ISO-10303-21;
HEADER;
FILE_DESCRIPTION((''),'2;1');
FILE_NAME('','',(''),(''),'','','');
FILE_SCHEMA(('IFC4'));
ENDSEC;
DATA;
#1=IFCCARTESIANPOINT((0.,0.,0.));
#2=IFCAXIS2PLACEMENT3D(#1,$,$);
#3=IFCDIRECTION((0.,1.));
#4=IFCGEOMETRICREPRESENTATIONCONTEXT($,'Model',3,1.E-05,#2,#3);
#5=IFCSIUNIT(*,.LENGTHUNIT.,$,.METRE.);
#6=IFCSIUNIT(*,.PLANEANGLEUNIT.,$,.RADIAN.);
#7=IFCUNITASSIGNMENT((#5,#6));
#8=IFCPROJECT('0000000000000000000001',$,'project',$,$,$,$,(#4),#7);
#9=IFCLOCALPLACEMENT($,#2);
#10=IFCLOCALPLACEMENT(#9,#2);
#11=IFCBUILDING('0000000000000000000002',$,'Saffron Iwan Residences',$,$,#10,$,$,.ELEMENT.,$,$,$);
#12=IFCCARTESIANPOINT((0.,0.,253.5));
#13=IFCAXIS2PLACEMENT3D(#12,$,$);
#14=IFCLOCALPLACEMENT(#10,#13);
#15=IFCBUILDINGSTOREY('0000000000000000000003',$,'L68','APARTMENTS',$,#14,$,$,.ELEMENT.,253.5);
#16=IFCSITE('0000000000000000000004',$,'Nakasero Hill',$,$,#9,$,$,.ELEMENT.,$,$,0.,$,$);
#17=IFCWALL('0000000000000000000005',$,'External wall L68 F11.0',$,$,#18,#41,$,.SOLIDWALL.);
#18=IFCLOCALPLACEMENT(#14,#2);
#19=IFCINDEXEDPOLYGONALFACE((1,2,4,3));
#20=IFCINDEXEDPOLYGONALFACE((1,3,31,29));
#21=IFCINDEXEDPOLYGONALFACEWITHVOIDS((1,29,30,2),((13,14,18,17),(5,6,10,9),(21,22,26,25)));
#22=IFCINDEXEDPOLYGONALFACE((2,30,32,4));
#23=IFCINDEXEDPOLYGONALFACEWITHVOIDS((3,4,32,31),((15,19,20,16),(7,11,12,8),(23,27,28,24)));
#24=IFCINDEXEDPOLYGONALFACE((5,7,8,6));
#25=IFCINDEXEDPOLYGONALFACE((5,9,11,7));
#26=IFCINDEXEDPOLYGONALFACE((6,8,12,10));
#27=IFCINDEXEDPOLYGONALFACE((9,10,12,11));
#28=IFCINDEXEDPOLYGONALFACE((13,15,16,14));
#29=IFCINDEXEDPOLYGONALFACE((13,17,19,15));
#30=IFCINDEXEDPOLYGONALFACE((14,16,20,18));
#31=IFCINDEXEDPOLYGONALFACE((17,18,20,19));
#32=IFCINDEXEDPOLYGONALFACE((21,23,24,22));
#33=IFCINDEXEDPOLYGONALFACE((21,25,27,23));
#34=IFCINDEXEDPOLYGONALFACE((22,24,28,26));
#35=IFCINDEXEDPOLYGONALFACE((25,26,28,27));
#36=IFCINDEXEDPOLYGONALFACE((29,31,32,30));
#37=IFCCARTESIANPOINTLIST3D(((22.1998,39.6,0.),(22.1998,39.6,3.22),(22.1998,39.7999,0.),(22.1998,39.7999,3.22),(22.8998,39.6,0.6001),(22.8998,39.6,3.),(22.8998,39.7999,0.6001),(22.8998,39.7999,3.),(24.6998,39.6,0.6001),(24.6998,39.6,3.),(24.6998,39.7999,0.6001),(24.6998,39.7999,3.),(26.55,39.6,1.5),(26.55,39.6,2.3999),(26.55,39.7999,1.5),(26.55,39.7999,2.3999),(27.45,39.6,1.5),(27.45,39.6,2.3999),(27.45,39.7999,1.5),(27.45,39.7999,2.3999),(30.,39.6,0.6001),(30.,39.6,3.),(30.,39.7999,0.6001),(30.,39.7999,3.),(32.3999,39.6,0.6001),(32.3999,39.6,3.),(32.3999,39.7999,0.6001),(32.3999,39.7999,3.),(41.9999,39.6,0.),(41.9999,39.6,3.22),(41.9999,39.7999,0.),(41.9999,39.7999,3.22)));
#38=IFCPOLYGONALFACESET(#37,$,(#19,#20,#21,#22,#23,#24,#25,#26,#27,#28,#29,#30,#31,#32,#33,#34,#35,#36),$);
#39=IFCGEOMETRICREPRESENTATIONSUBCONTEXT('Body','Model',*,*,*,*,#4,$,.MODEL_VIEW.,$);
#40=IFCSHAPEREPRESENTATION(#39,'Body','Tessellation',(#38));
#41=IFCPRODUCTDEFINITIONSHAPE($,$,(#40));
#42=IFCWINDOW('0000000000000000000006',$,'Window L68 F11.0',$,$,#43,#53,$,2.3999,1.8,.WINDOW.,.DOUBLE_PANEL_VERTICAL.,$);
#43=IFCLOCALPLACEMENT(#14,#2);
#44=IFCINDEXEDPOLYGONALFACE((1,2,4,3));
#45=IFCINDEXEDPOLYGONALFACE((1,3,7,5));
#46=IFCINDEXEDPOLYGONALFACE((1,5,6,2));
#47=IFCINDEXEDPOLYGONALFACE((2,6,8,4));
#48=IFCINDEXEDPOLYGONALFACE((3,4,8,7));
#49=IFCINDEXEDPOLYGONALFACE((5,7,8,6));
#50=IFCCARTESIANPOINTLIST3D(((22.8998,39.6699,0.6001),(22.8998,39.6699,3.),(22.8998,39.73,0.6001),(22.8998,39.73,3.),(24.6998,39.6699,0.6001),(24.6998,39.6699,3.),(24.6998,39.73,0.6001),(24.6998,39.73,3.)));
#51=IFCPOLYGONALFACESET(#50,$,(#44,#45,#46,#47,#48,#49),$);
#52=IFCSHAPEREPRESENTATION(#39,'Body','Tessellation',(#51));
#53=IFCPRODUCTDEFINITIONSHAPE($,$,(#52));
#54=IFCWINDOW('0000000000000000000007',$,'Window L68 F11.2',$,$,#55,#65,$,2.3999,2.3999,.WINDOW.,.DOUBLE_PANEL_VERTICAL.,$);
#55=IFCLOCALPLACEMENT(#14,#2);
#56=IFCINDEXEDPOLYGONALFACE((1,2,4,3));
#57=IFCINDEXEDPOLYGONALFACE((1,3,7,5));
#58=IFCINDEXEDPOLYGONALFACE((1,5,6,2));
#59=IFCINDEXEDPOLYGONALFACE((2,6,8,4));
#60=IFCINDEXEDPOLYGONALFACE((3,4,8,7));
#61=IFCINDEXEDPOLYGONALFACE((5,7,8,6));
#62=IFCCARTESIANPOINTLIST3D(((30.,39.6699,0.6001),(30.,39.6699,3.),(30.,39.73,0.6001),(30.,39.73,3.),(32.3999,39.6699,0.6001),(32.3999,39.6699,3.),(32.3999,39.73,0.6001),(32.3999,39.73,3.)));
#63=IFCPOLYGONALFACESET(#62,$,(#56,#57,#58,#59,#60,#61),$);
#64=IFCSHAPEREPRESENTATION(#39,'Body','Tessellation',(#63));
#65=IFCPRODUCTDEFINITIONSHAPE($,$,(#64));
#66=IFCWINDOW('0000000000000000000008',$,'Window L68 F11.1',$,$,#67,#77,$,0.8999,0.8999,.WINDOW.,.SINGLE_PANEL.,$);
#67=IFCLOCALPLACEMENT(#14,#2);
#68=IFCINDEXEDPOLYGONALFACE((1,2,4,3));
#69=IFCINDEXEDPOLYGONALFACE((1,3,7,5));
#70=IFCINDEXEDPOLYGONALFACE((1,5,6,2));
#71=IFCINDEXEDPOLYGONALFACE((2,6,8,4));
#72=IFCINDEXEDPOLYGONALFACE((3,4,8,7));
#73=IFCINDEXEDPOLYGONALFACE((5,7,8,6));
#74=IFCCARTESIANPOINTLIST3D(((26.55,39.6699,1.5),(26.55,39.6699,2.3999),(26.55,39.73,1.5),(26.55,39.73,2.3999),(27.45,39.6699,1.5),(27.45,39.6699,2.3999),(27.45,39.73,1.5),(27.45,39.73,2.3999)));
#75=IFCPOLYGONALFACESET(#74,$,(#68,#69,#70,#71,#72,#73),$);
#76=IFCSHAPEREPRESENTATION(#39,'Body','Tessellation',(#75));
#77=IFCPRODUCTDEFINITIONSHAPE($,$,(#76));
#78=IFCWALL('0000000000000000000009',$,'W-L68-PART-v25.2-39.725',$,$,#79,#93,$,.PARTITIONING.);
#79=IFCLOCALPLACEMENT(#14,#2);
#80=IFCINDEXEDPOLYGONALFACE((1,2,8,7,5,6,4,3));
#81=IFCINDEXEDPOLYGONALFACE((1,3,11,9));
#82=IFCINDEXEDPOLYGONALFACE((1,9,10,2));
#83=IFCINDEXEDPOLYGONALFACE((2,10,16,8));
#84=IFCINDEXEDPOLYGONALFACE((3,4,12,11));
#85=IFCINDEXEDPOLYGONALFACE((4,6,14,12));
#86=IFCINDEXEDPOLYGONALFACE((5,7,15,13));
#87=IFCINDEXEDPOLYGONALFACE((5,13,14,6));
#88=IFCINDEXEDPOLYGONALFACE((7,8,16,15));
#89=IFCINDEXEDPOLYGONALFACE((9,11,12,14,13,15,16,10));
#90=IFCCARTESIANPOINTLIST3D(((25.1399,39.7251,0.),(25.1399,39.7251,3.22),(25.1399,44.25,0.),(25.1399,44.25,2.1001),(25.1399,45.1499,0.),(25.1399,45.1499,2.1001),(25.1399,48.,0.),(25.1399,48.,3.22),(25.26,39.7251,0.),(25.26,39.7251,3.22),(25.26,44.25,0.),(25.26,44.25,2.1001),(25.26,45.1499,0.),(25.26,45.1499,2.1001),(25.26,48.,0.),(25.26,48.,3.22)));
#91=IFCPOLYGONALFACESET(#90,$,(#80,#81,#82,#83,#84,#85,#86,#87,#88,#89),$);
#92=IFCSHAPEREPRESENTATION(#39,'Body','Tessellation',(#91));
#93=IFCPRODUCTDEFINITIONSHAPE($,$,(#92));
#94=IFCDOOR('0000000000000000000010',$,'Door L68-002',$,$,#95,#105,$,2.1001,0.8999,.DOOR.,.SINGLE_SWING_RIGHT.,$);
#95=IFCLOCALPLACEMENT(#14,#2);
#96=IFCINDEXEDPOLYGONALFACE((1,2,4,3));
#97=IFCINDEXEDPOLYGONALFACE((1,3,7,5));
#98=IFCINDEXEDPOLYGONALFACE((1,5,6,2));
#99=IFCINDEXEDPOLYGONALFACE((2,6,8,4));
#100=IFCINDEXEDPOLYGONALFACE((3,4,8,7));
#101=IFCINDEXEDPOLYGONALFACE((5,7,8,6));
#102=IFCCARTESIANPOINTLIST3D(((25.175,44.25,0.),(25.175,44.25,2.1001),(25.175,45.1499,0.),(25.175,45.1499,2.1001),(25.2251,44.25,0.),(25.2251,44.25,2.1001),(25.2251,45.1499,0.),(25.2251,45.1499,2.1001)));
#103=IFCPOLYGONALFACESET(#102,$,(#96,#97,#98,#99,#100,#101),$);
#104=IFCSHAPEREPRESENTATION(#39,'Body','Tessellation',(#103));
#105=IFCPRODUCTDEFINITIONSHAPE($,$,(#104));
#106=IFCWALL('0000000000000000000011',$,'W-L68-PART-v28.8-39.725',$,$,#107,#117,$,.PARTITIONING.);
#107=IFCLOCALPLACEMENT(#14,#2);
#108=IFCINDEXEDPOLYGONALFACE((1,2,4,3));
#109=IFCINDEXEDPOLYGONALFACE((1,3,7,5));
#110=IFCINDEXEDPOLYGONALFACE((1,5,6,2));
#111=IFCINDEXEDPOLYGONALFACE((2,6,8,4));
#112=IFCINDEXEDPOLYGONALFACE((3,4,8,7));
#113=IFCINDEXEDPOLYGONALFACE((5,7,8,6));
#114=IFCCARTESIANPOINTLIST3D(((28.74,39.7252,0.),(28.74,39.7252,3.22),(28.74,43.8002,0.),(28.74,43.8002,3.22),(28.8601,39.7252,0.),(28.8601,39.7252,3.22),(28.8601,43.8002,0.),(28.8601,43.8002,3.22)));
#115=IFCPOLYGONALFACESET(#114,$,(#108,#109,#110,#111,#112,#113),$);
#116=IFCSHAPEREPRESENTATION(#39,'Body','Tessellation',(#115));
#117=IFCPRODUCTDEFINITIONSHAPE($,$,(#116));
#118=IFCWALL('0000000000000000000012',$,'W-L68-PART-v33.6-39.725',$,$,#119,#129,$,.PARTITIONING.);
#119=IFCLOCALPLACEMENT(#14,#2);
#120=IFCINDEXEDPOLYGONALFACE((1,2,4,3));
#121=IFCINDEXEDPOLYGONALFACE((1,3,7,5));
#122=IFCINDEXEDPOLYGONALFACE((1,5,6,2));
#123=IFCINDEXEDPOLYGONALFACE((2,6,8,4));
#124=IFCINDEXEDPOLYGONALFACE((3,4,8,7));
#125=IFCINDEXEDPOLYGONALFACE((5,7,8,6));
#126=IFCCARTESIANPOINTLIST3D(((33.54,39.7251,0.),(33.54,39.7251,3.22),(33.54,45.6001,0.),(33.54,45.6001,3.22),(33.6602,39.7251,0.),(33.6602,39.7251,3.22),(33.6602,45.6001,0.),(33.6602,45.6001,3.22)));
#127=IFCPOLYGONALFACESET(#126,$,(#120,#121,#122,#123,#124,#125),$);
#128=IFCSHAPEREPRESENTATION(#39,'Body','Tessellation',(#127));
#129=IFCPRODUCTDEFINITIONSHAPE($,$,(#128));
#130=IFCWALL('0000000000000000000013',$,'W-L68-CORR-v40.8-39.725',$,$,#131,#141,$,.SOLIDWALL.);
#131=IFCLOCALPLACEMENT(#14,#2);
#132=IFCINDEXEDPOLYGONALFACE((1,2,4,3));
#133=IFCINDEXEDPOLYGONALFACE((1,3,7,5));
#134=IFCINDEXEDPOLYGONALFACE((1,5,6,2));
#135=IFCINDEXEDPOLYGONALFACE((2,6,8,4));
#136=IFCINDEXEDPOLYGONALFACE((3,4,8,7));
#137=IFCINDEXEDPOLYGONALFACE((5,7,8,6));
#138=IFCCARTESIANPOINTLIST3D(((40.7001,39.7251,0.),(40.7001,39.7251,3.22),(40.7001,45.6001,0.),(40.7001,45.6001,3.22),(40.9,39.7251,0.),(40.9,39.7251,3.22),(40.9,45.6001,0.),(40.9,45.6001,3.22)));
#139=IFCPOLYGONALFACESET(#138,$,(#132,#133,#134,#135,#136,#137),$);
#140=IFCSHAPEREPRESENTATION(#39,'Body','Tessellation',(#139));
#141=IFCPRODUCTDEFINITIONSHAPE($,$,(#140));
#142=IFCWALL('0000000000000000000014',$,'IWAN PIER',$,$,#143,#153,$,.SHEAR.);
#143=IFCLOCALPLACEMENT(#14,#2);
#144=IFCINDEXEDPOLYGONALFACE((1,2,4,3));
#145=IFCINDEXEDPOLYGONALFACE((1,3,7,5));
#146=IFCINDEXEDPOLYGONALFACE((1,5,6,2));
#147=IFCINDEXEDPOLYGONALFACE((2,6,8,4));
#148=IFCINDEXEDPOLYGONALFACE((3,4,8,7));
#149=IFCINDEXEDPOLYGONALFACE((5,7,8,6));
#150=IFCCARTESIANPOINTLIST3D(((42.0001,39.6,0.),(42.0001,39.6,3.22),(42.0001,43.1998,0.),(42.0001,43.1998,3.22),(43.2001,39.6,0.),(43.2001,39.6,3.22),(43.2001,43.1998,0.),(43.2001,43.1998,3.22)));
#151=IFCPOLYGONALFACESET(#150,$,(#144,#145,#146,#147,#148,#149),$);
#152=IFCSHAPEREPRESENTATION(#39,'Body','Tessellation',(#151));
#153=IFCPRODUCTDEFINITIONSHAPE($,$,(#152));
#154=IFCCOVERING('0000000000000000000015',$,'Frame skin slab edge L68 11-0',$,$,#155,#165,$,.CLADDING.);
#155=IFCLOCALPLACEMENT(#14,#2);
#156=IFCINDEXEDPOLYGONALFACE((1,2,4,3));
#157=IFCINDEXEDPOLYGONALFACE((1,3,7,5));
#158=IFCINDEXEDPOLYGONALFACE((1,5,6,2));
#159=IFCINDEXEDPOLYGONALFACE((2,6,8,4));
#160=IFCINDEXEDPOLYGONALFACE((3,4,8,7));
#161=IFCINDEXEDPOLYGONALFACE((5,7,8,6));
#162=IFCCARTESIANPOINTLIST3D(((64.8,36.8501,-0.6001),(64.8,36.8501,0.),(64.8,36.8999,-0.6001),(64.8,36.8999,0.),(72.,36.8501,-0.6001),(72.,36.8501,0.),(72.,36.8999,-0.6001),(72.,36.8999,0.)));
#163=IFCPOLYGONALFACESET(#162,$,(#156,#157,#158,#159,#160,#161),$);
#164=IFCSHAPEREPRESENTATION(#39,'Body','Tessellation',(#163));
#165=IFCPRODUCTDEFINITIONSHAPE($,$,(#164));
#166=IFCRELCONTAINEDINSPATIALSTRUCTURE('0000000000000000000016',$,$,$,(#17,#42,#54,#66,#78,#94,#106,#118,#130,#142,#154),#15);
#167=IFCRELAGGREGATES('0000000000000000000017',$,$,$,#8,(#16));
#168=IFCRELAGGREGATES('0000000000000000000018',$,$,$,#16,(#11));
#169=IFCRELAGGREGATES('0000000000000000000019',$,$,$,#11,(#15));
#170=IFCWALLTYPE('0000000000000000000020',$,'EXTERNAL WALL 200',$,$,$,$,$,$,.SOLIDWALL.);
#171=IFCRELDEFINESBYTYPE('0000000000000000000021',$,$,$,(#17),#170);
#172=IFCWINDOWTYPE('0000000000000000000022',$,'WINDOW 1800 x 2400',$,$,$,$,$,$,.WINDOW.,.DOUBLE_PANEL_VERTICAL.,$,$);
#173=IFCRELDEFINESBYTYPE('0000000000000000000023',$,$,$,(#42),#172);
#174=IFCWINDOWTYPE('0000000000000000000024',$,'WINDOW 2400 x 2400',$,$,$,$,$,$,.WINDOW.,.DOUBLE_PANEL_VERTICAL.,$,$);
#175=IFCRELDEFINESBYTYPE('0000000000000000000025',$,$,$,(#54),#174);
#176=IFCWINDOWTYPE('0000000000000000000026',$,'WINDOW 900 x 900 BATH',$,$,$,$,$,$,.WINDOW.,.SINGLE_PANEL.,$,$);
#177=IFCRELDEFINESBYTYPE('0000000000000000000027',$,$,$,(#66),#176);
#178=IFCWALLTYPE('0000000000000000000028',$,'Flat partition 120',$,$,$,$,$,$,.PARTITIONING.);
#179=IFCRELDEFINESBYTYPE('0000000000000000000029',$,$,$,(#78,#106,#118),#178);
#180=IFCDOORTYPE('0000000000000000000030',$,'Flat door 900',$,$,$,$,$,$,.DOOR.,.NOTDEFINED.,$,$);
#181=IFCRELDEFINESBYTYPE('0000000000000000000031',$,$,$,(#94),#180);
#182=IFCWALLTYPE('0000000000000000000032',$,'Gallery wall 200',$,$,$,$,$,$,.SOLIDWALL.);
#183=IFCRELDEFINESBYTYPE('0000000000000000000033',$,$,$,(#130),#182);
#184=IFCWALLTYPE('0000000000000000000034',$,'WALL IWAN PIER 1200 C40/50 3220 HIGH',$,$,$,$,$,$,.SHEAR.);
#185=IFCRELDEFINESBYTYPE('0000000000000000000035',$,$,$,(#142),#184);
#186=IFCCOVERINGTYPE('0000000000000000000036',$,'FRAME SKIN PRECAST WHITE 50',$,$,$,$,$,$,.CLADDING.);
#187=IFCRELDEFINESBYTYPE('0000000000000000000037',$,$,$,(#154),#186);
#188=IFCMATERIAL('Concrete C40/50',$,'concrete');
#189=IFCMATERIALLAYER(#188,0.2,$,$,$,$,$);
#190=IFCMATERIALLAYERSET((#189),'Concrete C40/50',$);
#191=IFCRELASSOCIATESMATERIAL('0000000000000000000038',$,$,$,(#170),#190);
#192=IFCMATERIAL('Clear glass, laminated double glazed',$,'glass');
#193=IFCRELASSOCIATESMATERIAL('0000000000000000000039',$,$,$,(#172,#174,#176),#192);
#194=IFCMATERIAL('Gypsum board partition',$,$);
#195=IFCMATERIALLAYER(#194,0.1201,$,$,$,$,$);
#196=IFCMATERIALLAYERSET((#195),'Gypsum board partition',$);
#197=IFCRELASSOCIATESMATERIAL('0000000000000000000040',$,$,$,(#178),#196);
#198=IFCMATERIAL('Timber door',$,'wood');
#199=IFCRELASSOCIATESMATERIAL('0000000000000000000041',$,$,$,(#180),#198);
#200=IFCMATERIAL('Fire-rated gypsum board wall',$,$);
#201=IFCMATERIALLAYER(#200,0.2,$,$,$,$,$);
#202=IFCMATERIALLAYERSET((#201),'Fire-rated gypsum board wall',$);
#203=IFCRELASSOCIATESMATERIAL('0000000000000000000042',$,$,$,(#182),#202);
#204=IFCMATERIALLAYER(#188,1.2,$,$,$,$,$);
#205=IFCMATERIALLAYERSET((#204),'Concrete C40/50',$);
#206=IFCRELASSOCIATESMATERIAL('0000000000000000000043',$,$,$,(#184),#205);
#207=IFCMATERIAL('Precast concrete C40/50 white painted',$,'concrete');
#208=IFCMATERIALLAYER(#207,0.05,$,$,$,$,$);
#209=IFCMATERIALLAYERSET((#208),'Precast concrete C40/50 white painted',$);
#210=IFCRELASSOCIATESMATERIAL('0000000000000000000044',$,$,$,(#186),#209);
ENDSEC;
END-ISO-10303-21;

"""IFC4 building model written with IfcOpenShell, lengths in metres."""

from ifc_helpers import new_model, si_unit, direction, frame, frame_2d, origin, place, context, subcontext, project, spatial, polyline, rectangle, outline, extrude, material, layer, layer_set, type_object, element, fill, save


model = new_model("IFC4")

# Units and contexts
model_context = context("Model", 3, precision=1e-05, world=origin(), true_north=direction((0.0, 1.0)))
body_context = subcontext(model_context, "Body", "Model", "MODEL_VIEW")
ifc_project = project(units=[si_unit("LENGTHUNIT", "METRE"), si_unit("PLANEANGLEUNIT", "RADIAN")], contexts=[model_context])

# Site, building, storey
site_placement = place(None, origin())
site = spatial("IfcSite", under=ifc_project, at=site_placement, Name="Nakasero Hill", CompositionType="ELEMENT", RefElevation=0.0)
building_placement = place(site_placement, origin())
building = spatial("IfcBuilding", under=site, at=building_placement, Name="Saffron Iwan Residences", CompositionType="ELEMENT")
storey_placement = place(building_placement, frame((0.0, 0.0, 253.5)))
storey = spatial("IfcBuildingStorey", under=building, at=storey_placement, Name="L68", Description="APARTMENTS", CompositionType="ELEMENT", Elevation=253.5)

# Shared definitions
ifc_material_1 = material(Name="Clear glass, laminated double glazed", Category="glass")

# Wall, openings, windows
ifc_material_2 = material(Name="Concrete C40/50", Category="concrete")
ifc_layer_1 = layer(ifc_material_2, 0.2)
ifc_layer_set_1 = layer_set([ifc_layer_1], Name="Concrete C40/50")
wall_type_1 = type_object("IfcWallType", Name="EXTERNAL WALL 200", PredefinedType="SOLIDWALL", material=ifc_layer_set_1)
wall_1_placement = place(storey_placement, frame((22.2, 39.7, 0.0), z_axis=(0.0, 0.0, 1.0), x_axis=(1.0, 0.0, 0.0)))
wall_1 = element("IfcWall", 1, at=wall_1_placement, inside=storey, type_object=wall_type_1, Name="External wall L68 F11.0", PredefinedType="SOLIDWALL", context=body_context, shape_type="SweptSolid", body=[
    extrude(rectangle(XDim=19.8, YDim=0.2, at=frame_2d((9.8999, 0.0))), origin(), (0.0, 0.0, 1.0), 3.22),
])
opening_1_placement = place(wall_1_placement, frame((0.7, 0.0, 0.6001)))
opening_1 = element("IfcOpeningElement", 2, at=opening_1_placement, cuts=wall_1, PredefinedType="OPENING", context=body_context, shape_type="SweptSolid", body=[
    extrude(rectangle(XDim=1.8, YDim=2.3999, at=frame_2d((0.8999, 1.2))), frame((0.0, 0.1099, 0.0), z_axis=(0.0, -1.0, 0.0), x_axis=(1.0, 0.0, 0.0)), (0.0, 0.0, 1.0), 0.22),
])
opening_2_placement = place(wall_1_placement, frame((4.3501, 0.0, 1.5)))
opening_2 = element("IfcOpeningElement", 3, at=opening_2_placement, cuts=wall_1, PredefinedType="OPENING", context=body_context, shape_type="SweptSolid", body=[
    extrude(rectangle(XDim=0.8999, YDim=0.8999, at=frame_2d((0.45, 0.45))), frame((0.0, 0.1099, 0.0), z_axis=(0.0, -1.0, 0.0), x_axis=(1.0, 0.0, 0.0)), (0.0, 0.0, 1.0), 0.22),
])
opening_3_placement = place(wall_1_placement, frame((7.8, 0.0, 0.6001)))
opening_3 = element("IfcOpeningElement", 4, at=opening_3_placement, cuts=wall_1, PredefinedType="OPENING", context=body_context, shape_type="SweptSolid", body=[
    extrude(rectangle(XDim=2.3999, YDim=2.3999, at=frame_2d((1.2, 1.2))), frame((0.0, 0.1099, 0.0), z_axis=(0.0, -1.0, 0.0), x_axis=(1.0, 0.0, 0.0)), (0.0, 0.0, 1.0), 0.22),
])
window_type_1 = type_object("IfcWindowType", Name="WINDOW 1800 x 2400", PartitioningType="DOUBLE_PANEL_VERTICAL", PredefinedType="WINDOW", material=ifc_material_1)
window_1_placement = place(opening_1_placement, origin())
window_1 = element("IfcWindow", 5, at=window_1_placement, inside=storey, type_object=window_type_1, Name="Window L68 F11.0", OverallHeight=2.3999, OverallWidth=1.8, PartitioningType="DOUBLE_PANEL_VERTICAL", PredefinedType="WINDOW", context=body_context, shape_type="SweptSolid", body=[
    extrude(rectangle(XDim=1.8, YDim=2.3999, at=frame_2d((0.8999, 1.2))), frame((0.0, 0.03, 0.0), z_axis=(0.0, -1.0, 0.0), x_axis=(1.0, 0.0, 0.0)), (0.0, 0.0, 1.0), 0.0601),
])
fill(opening_1, window_1)
window_type_2 = type_object("IfcWindowType", Name="WINDOW 2400 x 2400", PartitioningType="DOUBLE_PANEL_VERTICAL", PredefinedType="WINDOW", material=ifc_material_1)
window_2_placement = place(opening_3_placement, origin())
window_2 = element("IfcWindow", 6, at=window_2_placement, inside=storey, type_object=window_type_2, Name="Window L68 F11.2", OverallHeight=2.3999, OverallWidth=2.3999, PartitioningType="DOUBLE_PANEL_VERTICAL", PredefinedType="WINDOW", context=body_context, shape_type="SweptSolid", body=[
    extrude(rectangle(XDim=2.3999, YDim=2.3999, at=frame_2d((1.2, 1.2))), frame((0.0, 0.03, 0.0), z_axis=(0.0, -1.0, 0.0), x_axis=(1.0, 0.0, 0.0)), (0.0, 0.0, 1.0), 0.0601),
])
fill(opening_3, window_2)
window_type_3 = type_object("IfcWindowType", Name="WINDOW 900 x 900 BATH", PartitioningType="SINGLE_PANEL", PredefinedType="WINDOW", material=ifc_material_1)
window_3_placement = place(opening_2_placement, origin())
window_3 = element("IfcWindow", 7, at=window_3_placement, inside=storey, type_object=window_type_3, Name="Window L68 F11.1", OverallHeight=0.8999, OverallWidth=0.8999, PartitioningType="SINGLE_PANEL", PredefinedType="WINDOW", context=body_context, shape_type="SweptSolid", body=[
    extrude(rectangle(XDim=0.8999, YDim=0.8999, at=frame_2d((0.45, 0.45))), frame((0.0, 0.03, 0.0), z_axis=(0.0, -1.0, 0.0), x_axis=(1.0, 0.0, 0.0)), (0.0, 0.0, 1.0), 0.0601),
])
fill(opening_2, window_3)

# Wall, opening, door
ifc_material_3 = material(Name="Gypsum board partition")
ifc_layer_2 = layer(ifc_material_3, 0.1201)
ifc_layer_set_2 = layer_set([ifc_layer_2], Name="Gypsum board partition")
wall_type_2 = type_object("IfcWallType", Name="Flat partition 120", PredefinedType="PARTITIONING", material=ifc_layer_set_2)
wall_2_placement = place(storey_placement, frame((25.2, 39.7251, 0.0), z_axis=(0.0, 0.0, 1.0), x_axis=(0.0, 1.0, 0.0)))
wall_2 = element("IfcWall", 8, at=wall_2_placement, inside=storey, type_object=wall_type_2, Name="W-L68-PART-v25.2-39.725", PredefinedType="PARTITIONING", context=body_context, shape_type="SweptSolid", body=[
    extrude(rectangle(XDim=8.2749, YDim=0.1201, at=frame_2d((4.1375, 0.0))), origin(), (0.0, 0.0, 1.0), 3.22),
])
opening_4_placement = place(wall_2_placement, frame((4.5249, 0.0, 0.0)))
opening_4 = element("IfcOpeningElement", 9, at=opening_4_placement, cuts=wall_2, PredefinedType="OPENING", context=body_context, shape_type="SweptSolid", body=[
    extrude(rectangle(XDim=0.8999, YDim=2.1001, at=frame_2d((0.45, 1.05))), frame((0.0, 0.0701, 0.0), z_axis=(0.0, -1.0, 0.0), x_axis=(1.0, 0.0, 0.0)), (0.0, 0.0, 1.0), 0.1401),
])
ifc_material_4 = material(Name="Timber door", Category="wood")
door_type = type_object("IfcDoorType", Name="Flat door 900", OperationType="NOTDEFINED", PredefinedType="DOOR", material=ifc_material_4)
door_placement = place(opening_4_placement, origin())
door = element("IfcDoor", 10, at=door_placement, inside=storey, type_object=door_type, Name="Door L68-002", OperationType="SINGLE_SWING_RIGHT", OverallHeight=2.1001, OverallWidth=0.8999, PredefinedType="DOOR", context=body_context, shape_type="SweptSolid", body=[
    extrude(rectangle(XDim=0.8999, YDim=2.1001, at=frame_2d((0.45, 1.05))), frame((0.0, 0.0249, 0.0), z_axis=(0.0, -1.0, 0.0), x_axis=(1.0, 0.0, 0.0)), (0.0, 0.0, 1.0), 0.05),
])
fill(opening_4, door)

# Walls
wall_3_placement = place(storey_placement, frame((28.8, 39.7251, 0.0), z_axis=(0.0, 0.0, 1.0), x_axis=(0.0, 1.0, 0.0)))
element("IfcWall", 11, at=wall_3_placement, inside=storey, type_object=wall_type_2, Name="W-L68-PART-v28.8-39.725", PredefinedType="PARTITIONING", context=body_context, shape_type="SweptSolid", body=[
    extrude(rectangle(XDim=4.075, YDim=0.1201, at=frame_2d((2.0376, 0.0))), origin(), (0.0, 0.0, 1.0), 3.22),
])
wall_4_placement = place(storey_placement, frame((33.6001, 39.7251, 0.0), z_axis=(0.0, 0.0, 1.0), x_axis=(0.0, 1.0, 0.0)))
element("IfcWall", 12, at=wall_4_placement, inside=storey, type_object=wall_type_2, Name="W-L68-PART-v33.6-39.725", PredefinedType="PARTITIONING", context=body_context, shape_type="SweptSolid", body=[
    extrude(rectangle(XDim=5.875, YDim=0.1201, at=frame_2d((2.9375, 0.0))), origin(), (0.0, 0.0, 1.0), 3.22),
])
ifc_material_5 = material(Name="Fire-rated gypsum board wall")
ifc_layer_3 = layer(ifc_material_5, 0.2)
ifc_layer_set_3 = layer_set([ifc_layer_3], Name="Fire-rated gypsum board wall")
wall_type_3 = type_object("IfcWallType", Name="Gallery wall 200", PredefinedType="SOLIDWALL", material=ifc_layer_set_3)
wall_5_placement = place(storey_placement, frame((40.8, 39.7251, 0.0), z_axis=(0.0, 0.0, 1.0), x_axis=(0.0, 1.0, 0.0)))
element("IfcWall", 13, at=wall_5_placement, inside=storey, type_object=wall_type_3, Name="W-L68-CORR-v40.8-39.725", PredefinedType="SOLIDWALL", context=body_context, shape_type="SweptSolid", body=[
    extrude(rectangle(XDim=5.875, YDim=0.2, at=frame_2d((2.9375, 0.0))), origin(), (0.0, 0.0, 1.0), 3.22),
])
ifc_layer_4 = layer(ifc_material_2, 1.2)
ifc_layer_set_4 = layer_set([ifc_layer_4], Name="Concrete C40/50")
wall_type_4 = type_object("IfcWallType", Name="WALL IWAN PIER 1200 C40/50 3220 HIGH", PredefinedType="SHEAR", material=ifc_layer_set_4)
wall_6_placement = place(storey_placement, frame((42.6001, 39.6001, 0.0), z_axis=(0.0, 0.0, 1.0), x_axis=(0.0, 1.0, 0.0)))
element("IfcWall", 14, at=wall_6_placement, inside=storey, type_object=wall_type_4, Name="IWAN PIER", PredefinedType="SHEAR", context=body_context, shape_type="SweptSolid", body=[
    extrude(rectangle(XDim=3.5999, YDim=1.2, at=frame_2d((1.7998, 0.0))), origin(), (0.0, 0.0, 1.0), 3.22),
])

# Covering
ifc_material_6 = material(Name="Precast concrete C40/50 white painted", Category="concrete")
ifc_layer_5 = layer(ifc_material_6, 0.05)
ifc_layer_set_5 = layer_set([ifc_layer_5], Name="Precast concrete C40/50 white painted")
covering_type_1 = type_object("IfcCoveringType", Name="FRAME SKIN PRECAST WHITE 50", PredefinedType="CLADDING", material=ifc_layer_set_5)
for number, where, name in (
    (15, (0.0, 0.0, -0.6001), "Frame skin slab edge L68 11-0"),
):
    element("IfcCovering", number, at=place(storey_placement, frame(where)), inside=storey, type_object=covering_type_1, Name=name, PredefinedType="CLADDING", context=body_context, shape_type="SweptSolid", body=[
        extrude(outline(polyline([(64.8, 36.8501), (72.0, 36.8501), (72.0, 36.8999), (64.8, 36.8999), (64.8, 36.8501)])), origin(), (0.0, 0.0, 1.0), 0.6001),
    ])

save(model, "model.ifc")
